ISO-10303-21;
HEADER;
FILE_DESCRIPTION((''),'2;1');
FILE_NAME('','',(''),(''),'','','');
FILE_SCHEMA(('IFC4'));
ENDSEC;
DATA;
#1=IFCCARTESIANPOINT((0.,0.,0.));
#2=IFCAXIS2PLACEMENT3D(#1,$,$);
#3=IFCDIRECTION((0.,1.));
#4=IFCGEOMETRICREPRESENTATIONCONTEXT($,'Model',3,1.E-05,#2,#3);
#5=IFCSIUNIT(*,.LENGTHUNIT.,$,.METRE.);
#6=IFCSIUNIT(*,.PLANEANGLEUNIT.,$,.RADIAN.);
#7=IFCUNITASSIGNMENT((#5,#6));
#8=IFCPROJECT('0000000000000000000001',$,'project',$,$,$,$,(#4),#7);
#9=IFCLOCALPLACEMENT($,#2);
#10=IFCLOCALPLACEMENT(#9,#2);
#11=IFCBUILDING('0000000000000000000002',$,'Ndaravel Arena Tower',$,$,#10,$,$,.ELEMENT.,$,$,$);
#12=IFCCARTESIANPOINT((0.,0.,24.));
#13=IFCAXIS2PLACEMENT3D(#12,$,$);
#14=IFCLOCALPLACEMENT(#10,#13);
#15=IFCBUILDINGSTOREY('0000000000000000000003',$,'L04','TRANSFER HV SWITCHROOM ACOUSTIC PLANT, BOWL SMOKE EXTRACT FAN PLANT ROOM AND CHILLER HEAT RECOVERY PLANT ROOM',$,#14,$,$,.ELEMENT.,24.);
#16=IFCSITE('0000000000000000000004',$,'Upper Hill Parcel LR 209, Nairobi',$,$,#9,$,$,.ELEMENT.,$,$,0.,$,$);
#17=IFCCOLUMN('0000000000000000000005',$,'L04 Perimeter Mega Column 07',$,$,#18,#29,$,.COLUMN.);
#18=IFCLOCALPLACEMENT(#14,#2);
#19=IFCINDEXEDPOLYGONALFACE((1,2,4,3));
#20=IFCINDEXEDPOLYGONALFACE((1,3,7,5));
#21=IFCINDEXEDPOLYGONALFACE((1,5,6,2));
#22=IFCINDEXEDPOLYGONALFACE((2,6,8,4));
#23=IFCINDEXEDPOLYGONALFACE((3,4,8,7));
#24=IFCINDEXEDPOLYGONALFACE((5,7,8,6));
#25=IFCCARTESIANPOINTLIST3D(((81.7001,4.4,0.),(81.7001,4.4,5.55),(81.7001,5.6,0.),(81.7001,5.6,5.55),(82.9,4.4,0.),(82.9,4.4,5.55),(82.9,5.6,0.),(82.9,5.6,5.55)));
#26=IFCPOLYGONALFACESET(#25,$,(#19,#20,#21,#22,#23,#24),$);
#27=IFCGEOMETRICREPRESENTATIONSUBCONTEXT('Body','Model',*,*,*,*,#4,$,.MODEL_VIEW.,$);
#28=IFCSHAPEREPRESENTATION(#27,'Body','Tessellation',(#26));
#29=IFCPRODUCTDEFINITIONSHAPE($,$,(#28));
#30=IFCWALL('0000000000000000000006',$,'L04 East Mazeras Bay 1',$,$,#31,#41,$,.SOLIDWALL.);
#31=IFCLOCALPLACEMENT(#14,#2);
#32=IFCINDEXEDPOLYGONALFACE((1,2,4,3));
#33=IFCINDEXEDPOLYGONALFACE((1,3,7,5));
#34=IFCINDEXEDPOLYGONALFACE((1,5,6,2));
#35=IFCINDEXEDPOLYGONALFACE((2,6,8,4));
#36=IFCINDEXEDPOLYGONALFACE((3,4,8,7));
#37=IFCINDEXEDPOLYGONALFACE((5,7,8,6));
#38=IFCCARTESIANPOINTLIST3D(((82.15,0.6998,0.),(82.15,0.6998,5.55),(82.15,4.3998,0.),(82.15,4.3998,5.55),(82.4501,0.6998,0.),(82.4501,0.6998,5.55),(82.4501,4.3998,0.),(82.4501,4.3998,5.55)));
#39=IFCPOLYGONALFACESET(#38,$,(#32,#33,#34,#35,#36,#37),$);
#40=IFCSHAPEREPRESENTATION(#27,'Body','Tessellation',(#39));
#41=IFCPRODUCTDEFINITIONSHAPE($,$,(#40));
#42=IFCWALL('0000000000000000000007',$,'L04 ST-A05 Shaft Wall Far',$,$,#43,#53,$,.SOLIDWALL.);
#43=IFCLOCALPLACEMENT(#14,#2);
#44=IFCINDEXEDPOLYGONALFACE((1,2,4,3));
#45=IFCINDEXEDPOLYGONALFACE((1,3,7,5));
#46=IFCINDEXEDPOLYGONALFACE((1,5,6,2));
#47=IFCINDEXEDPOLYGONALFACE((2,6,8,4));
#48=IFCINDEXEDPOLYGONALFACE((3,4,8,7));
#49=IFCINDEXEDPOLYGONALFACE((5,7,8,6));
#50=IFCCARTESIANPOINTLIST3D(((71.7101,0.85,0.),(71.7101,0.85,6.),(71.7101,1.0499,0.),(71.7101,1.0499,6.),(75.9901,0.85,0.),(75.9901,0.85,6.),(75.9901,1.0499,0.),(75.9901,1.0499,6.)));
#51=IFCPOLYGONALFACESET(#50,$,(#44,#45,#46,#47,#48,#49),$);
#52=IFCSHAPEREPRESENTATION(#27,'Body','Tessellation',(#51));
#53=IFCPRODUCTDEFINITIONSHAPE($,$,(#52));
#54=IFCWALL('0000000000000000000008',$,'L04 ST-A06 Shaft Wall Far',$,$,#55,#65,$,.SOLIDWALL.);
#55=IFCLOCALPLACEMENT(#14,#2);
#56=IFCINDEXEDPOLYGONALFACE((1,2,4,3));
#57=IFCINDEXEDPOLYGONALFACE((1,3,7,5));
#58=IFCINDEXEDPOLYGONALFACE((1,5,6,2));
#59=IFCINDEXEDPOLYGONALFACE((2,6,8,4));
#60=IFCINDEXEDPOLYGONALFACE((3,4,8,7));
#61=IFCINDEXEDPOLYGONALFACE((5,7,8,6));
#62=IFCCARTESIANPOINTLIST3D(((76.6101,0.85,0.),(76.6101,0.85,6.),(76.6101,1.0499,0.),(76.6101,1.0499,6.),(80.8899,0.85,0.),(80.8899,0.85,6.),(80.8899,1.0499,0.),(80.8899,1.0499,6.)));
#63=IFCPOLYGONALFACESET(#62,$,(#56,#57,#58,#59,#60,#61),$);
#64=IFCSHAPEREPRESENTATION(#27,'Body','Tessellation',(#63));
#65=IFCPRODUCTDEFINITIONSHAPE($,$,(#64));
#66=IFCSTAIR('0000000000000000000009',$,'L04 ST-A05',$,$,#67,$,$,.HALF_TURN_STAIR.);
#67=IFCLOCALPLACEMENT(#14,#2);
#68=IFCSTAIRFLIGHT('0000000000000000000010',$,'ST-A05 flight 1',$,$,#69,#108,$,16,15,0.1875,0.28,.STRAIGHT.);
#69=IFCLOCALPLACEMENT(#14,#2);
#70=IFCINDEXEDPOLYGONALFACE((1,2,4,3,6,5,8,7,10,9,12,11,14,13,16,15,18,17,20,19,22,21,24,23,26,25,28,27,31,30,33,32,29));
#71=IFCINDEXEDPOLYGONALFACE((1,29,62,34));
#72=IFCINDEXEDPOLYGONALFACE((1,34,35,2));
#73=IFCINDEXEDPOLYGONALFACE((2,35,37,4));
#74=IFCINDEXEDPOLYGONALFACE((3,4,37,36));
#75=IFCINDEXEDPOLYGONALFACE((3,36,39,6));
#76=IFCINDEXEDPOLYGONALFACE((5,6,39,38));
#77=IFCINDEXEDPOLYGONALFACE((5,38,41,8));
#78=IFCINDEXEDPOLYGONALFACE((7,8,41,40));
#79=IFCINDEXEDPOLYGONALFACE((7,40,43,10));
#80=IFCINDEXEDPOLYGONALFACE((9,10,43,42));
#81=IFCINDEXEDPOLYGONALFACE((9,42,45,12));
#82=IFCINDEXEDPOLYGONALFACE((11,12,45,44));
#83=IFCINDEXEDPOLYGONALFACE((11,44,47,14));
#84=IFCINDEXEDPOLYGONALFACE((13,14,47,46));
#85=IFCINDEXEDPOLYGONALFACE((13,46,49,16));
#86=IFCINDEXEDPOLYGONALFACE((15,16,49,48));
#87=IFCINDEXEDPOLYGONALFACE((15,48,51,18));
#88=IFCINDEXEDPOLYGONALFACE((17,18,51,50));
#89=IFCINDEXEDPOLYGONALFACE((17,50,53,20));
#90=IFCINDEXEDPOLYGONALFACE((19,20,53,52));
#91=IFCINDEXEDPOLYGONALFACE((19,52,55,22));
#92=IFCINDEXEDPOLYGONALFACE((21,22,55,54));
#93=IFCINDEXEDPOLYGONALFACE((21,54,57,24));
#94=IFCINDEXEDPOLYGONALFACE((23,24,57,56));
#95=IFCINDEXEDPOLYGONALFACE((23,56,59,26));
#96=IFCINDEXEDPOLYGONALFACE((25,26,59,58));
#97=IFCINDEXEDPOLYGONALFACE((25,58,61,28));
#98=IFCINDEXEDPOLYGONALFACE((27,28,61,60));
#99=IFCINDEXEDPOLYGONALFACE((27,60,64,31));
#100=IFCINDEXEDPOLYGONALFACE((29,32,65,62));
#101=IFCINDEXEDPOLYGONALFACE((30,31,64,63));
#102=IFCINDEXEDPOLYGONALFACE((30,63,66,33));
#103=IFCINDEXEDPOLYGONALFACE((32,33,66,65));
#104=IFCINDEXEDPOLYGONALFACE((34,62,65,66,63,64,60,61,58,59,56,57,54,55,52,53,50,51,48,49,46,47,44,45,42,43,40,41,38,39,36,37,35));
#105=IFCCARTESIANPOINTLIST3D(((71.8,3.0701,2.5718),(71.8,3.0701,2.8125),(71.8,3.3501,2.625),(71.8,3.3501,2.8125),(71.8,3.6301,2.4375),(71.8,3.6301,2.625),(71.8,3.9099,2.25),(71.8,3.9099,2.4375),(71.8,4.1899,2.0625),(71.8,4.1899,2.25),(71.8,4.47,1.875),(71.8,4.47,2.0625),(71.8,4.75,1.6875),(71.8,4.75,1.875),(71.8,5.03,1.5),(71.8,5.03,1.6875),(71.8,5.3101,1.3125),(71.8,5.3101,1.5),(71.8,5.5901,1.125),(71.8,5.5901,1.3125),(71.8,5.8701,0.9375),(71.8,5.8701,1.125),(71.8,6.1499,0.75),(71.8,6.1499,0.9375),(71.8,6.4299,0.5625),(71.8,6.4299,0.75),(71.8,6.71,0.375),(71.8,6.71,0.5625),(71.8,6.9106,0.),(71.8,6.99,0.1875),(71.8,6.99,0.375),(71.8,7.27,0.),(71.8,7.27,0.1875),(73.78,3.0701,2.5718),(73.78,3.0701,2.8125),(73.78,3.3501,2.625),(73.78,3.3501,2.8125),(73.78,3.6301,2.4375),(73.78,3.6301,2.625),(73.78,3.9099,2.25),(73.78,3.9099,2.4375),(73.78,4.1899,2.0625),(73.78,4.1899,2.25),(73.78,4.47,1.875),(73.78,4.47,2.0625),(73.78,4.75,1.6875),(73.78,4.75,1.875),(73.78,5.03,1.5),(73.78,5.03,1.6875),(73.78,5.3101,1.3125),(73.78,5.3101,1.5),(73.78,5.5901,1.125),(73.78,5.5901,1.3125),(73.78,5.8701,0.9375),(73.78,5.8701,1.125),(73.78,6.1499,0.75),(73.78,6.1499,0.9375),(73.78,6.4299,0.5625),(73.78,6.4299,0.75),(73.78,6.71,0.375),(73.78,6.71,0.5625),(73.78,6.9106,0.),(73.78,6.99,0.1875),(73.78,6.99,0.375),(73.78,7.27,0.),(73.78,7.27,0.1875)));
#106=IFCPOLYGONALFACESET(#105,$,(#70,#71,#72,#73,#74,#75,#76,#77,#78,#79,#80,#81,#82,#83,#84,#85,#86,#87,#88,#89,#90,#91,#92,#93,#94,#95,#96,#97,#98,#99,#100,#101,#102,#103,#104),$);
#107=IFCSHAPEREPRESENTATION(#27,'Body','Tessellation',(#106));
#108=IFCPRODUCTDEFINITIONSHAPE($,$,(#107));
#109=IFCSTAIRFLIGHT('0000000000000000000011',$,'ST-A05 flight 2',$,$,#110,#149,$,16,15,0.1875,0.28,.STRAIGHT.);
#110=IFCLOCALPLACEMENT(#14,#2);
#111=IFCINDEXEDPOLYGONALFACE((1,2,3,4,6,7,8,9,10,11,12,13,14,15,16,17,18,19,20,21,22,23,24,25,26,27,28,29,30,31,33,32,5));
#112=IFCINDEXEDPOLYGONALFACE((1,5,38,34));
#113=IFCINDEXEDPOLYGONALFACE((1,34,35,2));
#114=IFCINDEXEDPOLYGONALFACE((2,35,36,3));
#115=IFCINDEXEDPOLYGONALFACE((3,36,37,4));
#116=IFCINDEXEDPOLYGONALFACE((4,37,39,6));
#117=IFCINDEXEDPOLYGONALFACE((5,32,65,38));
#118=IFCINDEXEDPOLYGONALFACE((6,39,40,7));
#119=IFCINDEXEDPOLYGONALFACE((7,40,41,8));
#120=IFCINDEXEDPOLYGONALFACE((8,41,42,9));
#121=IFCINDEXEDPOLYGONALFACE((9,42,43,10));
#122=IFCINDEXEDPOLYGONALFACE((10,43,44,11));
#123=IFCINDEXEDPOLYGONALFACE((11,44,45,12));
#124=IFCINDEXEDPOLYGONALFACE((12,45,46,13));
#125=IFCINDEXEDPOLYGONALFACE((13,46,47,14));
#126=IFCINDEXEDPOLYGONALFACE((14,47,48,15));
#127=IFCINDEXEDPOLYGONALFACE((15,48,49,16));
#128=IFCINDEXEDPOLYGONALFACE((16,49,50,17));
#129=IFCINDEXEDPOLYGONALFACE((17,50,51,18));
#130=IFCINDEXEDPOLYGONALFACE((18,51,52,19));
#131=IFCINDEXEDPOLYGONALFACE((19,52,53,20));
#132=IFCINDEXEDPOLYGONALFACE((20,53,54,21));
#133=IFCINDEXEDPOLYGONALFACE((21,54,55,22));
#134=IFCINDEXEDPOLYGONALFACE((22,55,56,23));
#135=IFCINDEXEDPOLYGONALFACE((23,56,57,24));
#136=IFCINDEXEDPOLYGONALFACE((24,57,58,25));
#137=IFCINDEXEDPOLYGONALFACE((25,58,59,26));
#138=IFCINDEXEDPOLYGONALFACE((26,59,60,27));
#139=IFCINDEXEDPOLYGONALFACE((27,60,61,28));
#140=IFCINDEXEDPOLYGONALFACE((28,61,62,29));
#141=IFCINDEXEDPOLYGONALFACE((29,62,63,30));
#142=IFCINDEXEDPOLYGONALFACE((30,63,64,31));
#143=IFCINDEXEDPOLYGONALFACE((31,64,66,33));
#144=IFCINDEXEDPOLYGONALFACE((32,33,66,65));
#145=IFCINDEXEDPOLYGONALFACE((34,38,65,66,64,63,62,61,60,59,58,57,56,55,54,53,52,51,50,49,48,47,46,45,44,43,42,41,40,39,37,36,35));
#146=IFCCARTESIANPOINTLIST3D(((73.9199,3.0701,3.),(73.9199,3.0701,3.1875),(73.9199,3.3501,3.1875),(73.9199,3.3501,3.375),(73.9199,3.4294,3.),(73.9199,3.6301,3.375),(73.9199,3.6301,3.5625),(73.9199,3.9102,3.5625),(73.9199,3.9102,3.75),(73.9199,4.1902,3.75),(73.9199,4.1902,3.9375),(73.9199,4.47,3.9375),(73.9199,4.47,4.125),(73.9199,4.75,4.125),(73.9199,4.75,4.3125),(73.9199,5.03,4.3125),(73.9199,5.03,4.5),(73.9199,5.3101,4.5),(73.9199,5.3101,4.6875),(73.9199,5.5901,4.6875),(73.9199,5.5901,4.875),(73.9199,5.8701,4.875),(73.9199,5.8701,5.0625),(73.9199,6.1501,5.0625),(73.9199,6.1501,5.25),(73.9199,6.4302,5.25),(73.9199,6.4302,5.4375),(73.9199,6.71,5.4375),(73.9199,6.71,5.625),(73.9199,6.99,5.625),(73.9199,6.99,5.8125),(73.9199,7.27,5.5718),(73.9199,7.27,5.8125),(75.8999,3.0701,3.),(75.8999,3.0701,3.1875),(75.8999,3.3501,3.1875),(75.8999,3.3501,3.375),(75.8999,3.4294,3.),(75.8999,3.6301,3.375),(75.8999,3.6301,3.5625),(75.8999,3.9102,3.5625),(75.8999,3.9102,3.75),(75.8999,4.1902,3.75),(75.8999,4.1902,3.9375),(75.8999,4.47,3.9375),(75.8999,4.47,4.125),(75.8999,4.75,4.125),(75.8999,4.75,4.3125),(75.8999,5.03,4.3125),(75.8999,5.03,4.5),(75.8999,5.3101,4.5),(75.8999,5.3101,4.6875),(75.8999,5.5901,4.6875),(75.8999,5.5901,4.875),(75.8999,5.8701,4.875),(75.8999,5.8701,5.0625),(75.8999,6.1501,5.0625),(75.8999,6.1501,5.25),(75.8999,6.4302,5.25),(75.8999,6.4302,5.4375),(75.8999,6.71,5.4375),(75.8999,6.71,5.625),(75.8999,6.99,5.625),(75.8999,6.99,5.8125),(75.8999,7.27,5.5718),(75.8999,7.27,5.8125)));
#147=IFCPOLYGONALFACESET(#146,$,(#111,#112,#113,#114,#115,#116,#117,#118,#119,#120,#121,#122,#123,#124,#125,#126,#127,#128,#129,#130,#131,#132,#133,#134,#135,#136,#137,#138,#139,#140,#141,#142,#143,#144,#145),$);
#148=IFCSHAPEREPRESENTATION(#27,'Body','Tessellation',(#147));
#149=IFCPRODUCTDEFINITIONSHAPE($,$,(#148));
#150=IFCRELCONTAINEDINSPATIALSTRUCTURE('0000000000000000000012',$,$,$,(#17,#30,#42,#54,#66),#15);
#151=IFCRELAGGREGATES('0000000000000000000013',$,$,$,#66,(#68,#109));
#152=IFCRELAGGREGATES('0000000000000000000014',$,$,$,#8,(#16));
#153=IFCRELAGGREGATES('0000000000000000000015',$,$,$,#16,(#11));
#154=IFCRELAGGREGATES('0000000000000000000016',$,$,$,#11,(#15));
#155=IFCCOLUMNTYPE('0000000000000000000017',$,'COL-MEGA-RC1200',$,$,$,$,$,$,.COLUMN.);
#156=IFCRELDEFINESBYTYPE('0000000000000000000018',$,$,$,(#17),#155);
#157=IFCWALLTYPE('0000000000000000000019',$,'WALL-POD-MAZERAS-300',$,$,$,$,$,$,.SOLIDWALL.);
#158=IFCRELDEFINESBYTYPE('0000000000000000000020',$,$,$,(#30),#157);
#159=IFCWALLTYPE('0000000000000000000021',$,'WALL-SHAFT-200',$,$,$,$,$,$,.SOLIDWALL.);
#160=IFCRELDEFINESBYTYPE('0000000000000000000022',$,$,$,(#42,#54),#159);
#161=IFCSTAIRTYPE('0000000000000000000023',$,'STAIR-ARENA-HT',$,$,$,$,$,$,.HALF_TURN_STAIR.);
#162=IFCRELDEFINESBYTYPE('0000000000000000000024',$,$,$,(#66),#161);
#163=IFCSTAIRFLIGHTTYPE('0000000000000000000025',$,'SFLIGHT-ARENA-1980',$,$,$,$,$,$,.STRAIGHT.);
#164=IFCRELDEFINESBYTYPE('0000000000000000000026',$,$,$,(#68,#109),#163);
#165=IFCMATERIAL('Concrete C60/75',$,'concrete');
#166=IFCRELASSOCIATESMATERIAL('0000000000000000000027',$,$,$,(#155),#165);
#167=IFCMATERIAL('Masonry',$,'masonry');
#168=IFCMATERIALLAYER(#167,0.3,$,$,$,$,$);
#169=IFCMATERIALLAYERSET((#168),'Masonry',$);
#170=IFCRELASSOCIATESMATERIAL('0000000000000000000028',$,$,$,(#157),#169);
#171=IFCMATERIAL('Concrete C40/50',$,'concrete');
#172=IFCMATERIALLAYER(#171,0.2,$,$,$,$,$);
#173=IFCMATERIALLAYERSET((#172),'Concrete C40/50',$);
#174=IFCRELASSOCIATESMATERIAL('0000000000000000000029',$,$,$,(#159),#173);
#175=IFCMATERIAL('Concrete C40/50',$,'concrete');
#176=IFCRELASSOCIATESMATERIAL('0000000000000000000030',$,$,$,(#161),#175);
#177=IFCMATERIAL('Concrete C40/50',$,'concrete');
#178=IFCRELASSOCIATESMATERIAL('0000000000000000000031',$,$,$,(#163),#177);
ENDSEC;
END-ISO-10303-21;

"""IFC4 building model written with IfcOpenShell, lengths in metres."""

from ifc_helpers import new_model, si_unit, direction, frame, frame_2d, origin, origin_2d, place, context, subcontext, project, spatial, polyline, rectangle, outline, extrude, material, layer, layer_set, material_profile, profile_set, type_object, element, aggregate, save


model = new_model("IFC4")

# Units and contexts
model_context = context("Model", 3, precision=1e-05, world=origin(), true_north=direction((0.0, 1.0)))
body_context = subcontext(model_context, "Body", "Model", "MODEL_VIEW")
ifc_project = project(units=[si_unit("LENGTHUNIT", "METRE"), si_unit("PLANEANGLEUNIT", "RADIAN")], contexts=[model_context])

# Site, building, storey
site_placement = place(None, origin())
site = spatial("IfcSite", under=ifc_project, at=site_placement, Name="Upper Hill Parcel LR 209, Nairobi", CompositionType="ELEMENT", RefElevation=0.0)
building_placement = place(site_placement, origin())
building = spatial("IfcBuilding", under=site, at=building_placement, Name="Ndaravel Arena Tower", CompositionType="ELEMENT")
storey_placement = place(building_placement, frame((0.0, 0.0, 24.0)))
storey = spatial("IfcBuildingStorey", under=building, at=storey_placement, Name="L04", Description="TRANSFER HV SWITCHROOM ACOUSTIC PLANT, BOWL SMOKE EXTRACT FAN PLANT ROOM AND CHILLER HEAT RECOVERY PLANT ROOM", CompositionType="ELEMENT", Elevation=24.0)

# Column
ifc_material_1 = material(Name="Concrete C60/75", Category="concrete")
ifc_material_profile = material_profile(ifc_material_1, rectangle(XDim=1.2, YDim=1.2, at=origin_2d()), Name="RC 1200x1200")
ifc_profile_set = profile_set([ifc_material_profile], Name="Concrete C60/75")
column_type = type_object("IfcColumnType", Name="COL-MEGA-RC1200", PredefinedType="COLUMN", material=ifc_profile_set)
column_placement = place(storey_placement, frame((82.3, 5.0, 0.0), z_axis=(0.0, 0.0, 1.0), x_axis=(1.0, 0.0, 0.0)))
element("IfcColumn", 1, at=column_placement, inside=storey, type_object=column_type, Name="L04 Perimeter Mega Column 07", PredefinedType="COLUMN", context=body_context, shape_type="SweptSolid", body=[
    extrude(rectangle(XDim=1.2, YDim=1.2, at=origin_2d()), origin(), (0.0, 0.0, 1.0), 5.55),
])

# Walls
ifc_material_2 = material(Name="Masonry", Category="masonry")
ifc_layer_1 = layer(ifc_material_2, 0.3)
ifc_layer_set_1 = layer_set([ifc_layer_1], Name="Masonry")
wall_type_1 = type_object("IfcWallType", Name="WALL-POD-MAZERAS-300", PredefinedType="SOLIDWALL", material=ifc_layer_set_1)
wall_1_placement = place(storey_placement, frame((82.3, 4.3999, 0.0), z_axis=(0.0, 0.0, 1.0), x_axis=(0.0, -1.0, 0.0)))
element("IfcWall", 2, at=wall_1_placement, inside=storey, type_object=wall_type_1, Name="L04 East Mazeras Bay 1", PredefinedType="SOLIDWALL", context=body_context, shape_type="SweptSolid", body=[
    extrude(rectangle(XDim=3.7, YDim=0.3, at=frame_2d((1.8501, 0.0))), origin(), (0.0, 0.0, 1.0), 5.55),
])
ifc_material_3 = material(Name="Concrete C40/50", Category="concrete")
ifc_layer_2 = layer(ifc_material_3, 0.2)
ifc_layer_set_2 = layer_set([ifc_layer_2], Name="Concrete C40/50")
wall_type_2 = type_object("IfcWallType", Name="WALL-SHAFT-200", PredefinedType="SOLIDWALL", material=ifc_layer_set_2)
wall_2_placement = place(storey_placement, frame((71.71, 0.95, 0.0), z_axis=(0.0, 0.0, 1.0), x_axis=(1.0, 0.0, 0.0)))
element("IfcWall", 3, at=wall_2_placement, inside=storey, type_object=wall_type_2, Name="L04 ST-A05 Shaft Wall Far", PredefinedType="SOLIDWALL", context=body_context, shape_type="SweptSolid", body=[
    extrude(rectangle(XDim=4.28, YDim=0.2, at=frame_2d((2.1401, 0.0))), origin(), (0.0, 0.0, 1.0), 6.0),
])
wall_3_placement = place(storey_placement, frame((76.6101, 0.95, 0.0), z_axis=(0.0, 0.0, 1.0), x_axis=(1.0, 0.0, 0.0)))
element("IfcWall", 4, at=wall_3_placement, inside=storey, type_object=wall_type_2, Name="L04 ST-A06 Shaft Wall Far", PredefinedType="SOLIDWALL", context=body_context, shape_type="SweptSolid", body=[
    extrude(rectangle(XDim=4.2798, YDim=0.2, at=frame_2d((2.1399, 0.0))), origin(), (0.0, 0.0, 1.0), 6.0),
])

# Stair, stair flights
ifc_material_4 = material(Name="Concrete C40/50", Category="concrete")
stair_type = type_object("IfcStairType", Name="STAIR-ARENA-HT", PredefinedType="HALF_TURN_STAIR", material=ifc_material_4)
stair_1_placement = place(storey_placement, origin())
stair_1 = element("IfcStair", 5, at=stair_1_placement, inside=storey, type_object=stair_type, Name="L04 ST-A05", PredefinedType="HALF_TURN_STAIR")
ifc_material_5 = material(Name="Concrete C40/50", Category="concrete")
stair_flight_type = type_object("IfcStairFlightType", Name="SFLIGHT-ARENA-1980", PredefinedType="STRAIGHT", material=ifc_material_5)
stair_flight_1_placement = place(storey_placement, frame((72.79, 7.27, 0.0), z_axis=(0.0, 0.0, 1.0), x_axis=(0.0, -1.0, 0.0)))
stair_flight_1 = element("IfcStairFlight", 6, at=stair_flight_1_placement, type_object=stair_flight_type, Name="ST-A05 flight 1", NumberOfRisers=16, NumberOfTreads=15, PredefinedType="STRAIGHT", RiserHeight=0.1875, TreadLength=0.28, context=body_context, shape_type="SweptSolid", body=[
    extrude(outline(polyline([(0.0, 0.0), (0.0, 0.1875), (0.28, 0.1875), (0.28, 0.375), (0.5601, 0.375), (0.5601, 0.5625), (0.8401, 0.5625), (0.8401, 0.75), (1.1201, 0.75), (1.1201, 0.9375), (1.3999, 0.9375), (1.3999, 1.125), (1.6799, 1.125), (1.6799, 1.3125), (1.96, 1.3125), (1.96, 1.5), (2.24, 1.5), (2.24, 1.6875), (2.52, 1.6875), (2.52, 1.875), (2.8, 1.875), (2.8, 2.0625), (3.0801, 2.0625), (3.0801, 2.25), (3.3601, 2.25), (3.3601, 2.4375), (3.6399, 2.4375), (3.6399, 2.625), (3.9199, 2.625), (3.9199, 2.8125), (4.2, 2.8125), (4.2, 3.0), (4.2, 2.5718), (0.3594, 0.0), (0.0, 0.0)])), frame((0.0, 0.99, 0.0), z_axis=(0.0, -1.0, 0.0), x_axis=(1.0, 0.0, 0.0)), (0.0, 0.0, 1.0), 1.98),
])
stair_flight_2_placement = place(storey_placement, frame((74.9099, 3.0701, 3.0), z_axis=(0.0, 0.0, 1.0), x_axis=(0.0, 1.0, 0.0)))
stair_flight_2 = element("IfcStairFlight", 7, at=stair_flight_2_placement, type_object=stair_flight_type, Name="ST-A05 flight 2", NumberOfRisers=16, NumberOfTreads=15, PredefinedType="STRAIGHT", RiserHeight=0.1875, TreadLength=0.28, context=body_context, shape_type="SweptSolid", body=[
    extrude(outline(polyline([(0.0, 0.0), (0.0, 0.1875), (0.28, 0.1875), (0.28, 0.375), (0.5601, 0.375), (0.5601, 0.5625), (0.8401, 0.5625), (0.8401, 0.75), (1.1201, 0.75), (1.1201, 0.9375), (1.3999, 0.9375), (1.3999, 1.125), (1.6799, 1.125), (1.6799, 1.3125), (1.96, 1.3125), (1.96, 1.5), (2.24, 1.5), (2.24, 1.6875), (2.52, 1.6875), (2.52, 1.875), (2.8, 1.875), (2.8, 2.0625), (3.0801, 2.0625), (3.0801, 2.25), (3.3601, 2.25), (3.3601, 2.4375), (3.6399, 2.4375), (3.6399, 2.625), (3.9199, 2.625), (3.9199, 2.8125), (4.2, 2.8125), (4.2, 3.0), (4.2, 2.5718), (0.3594, 0.0), (0.0, 0.0)])), frame((0.0, 0.99, 0.0), z_axis=(0.0, -1.0, 0.0), x_axis=(1.0, 0.0, 0.0)), (0.0, 0.0, 1.0), 1.98),
])
aggregate(stair_1, [stair_flight_1, stair_flight_2])

save(model, "model.ifc")
